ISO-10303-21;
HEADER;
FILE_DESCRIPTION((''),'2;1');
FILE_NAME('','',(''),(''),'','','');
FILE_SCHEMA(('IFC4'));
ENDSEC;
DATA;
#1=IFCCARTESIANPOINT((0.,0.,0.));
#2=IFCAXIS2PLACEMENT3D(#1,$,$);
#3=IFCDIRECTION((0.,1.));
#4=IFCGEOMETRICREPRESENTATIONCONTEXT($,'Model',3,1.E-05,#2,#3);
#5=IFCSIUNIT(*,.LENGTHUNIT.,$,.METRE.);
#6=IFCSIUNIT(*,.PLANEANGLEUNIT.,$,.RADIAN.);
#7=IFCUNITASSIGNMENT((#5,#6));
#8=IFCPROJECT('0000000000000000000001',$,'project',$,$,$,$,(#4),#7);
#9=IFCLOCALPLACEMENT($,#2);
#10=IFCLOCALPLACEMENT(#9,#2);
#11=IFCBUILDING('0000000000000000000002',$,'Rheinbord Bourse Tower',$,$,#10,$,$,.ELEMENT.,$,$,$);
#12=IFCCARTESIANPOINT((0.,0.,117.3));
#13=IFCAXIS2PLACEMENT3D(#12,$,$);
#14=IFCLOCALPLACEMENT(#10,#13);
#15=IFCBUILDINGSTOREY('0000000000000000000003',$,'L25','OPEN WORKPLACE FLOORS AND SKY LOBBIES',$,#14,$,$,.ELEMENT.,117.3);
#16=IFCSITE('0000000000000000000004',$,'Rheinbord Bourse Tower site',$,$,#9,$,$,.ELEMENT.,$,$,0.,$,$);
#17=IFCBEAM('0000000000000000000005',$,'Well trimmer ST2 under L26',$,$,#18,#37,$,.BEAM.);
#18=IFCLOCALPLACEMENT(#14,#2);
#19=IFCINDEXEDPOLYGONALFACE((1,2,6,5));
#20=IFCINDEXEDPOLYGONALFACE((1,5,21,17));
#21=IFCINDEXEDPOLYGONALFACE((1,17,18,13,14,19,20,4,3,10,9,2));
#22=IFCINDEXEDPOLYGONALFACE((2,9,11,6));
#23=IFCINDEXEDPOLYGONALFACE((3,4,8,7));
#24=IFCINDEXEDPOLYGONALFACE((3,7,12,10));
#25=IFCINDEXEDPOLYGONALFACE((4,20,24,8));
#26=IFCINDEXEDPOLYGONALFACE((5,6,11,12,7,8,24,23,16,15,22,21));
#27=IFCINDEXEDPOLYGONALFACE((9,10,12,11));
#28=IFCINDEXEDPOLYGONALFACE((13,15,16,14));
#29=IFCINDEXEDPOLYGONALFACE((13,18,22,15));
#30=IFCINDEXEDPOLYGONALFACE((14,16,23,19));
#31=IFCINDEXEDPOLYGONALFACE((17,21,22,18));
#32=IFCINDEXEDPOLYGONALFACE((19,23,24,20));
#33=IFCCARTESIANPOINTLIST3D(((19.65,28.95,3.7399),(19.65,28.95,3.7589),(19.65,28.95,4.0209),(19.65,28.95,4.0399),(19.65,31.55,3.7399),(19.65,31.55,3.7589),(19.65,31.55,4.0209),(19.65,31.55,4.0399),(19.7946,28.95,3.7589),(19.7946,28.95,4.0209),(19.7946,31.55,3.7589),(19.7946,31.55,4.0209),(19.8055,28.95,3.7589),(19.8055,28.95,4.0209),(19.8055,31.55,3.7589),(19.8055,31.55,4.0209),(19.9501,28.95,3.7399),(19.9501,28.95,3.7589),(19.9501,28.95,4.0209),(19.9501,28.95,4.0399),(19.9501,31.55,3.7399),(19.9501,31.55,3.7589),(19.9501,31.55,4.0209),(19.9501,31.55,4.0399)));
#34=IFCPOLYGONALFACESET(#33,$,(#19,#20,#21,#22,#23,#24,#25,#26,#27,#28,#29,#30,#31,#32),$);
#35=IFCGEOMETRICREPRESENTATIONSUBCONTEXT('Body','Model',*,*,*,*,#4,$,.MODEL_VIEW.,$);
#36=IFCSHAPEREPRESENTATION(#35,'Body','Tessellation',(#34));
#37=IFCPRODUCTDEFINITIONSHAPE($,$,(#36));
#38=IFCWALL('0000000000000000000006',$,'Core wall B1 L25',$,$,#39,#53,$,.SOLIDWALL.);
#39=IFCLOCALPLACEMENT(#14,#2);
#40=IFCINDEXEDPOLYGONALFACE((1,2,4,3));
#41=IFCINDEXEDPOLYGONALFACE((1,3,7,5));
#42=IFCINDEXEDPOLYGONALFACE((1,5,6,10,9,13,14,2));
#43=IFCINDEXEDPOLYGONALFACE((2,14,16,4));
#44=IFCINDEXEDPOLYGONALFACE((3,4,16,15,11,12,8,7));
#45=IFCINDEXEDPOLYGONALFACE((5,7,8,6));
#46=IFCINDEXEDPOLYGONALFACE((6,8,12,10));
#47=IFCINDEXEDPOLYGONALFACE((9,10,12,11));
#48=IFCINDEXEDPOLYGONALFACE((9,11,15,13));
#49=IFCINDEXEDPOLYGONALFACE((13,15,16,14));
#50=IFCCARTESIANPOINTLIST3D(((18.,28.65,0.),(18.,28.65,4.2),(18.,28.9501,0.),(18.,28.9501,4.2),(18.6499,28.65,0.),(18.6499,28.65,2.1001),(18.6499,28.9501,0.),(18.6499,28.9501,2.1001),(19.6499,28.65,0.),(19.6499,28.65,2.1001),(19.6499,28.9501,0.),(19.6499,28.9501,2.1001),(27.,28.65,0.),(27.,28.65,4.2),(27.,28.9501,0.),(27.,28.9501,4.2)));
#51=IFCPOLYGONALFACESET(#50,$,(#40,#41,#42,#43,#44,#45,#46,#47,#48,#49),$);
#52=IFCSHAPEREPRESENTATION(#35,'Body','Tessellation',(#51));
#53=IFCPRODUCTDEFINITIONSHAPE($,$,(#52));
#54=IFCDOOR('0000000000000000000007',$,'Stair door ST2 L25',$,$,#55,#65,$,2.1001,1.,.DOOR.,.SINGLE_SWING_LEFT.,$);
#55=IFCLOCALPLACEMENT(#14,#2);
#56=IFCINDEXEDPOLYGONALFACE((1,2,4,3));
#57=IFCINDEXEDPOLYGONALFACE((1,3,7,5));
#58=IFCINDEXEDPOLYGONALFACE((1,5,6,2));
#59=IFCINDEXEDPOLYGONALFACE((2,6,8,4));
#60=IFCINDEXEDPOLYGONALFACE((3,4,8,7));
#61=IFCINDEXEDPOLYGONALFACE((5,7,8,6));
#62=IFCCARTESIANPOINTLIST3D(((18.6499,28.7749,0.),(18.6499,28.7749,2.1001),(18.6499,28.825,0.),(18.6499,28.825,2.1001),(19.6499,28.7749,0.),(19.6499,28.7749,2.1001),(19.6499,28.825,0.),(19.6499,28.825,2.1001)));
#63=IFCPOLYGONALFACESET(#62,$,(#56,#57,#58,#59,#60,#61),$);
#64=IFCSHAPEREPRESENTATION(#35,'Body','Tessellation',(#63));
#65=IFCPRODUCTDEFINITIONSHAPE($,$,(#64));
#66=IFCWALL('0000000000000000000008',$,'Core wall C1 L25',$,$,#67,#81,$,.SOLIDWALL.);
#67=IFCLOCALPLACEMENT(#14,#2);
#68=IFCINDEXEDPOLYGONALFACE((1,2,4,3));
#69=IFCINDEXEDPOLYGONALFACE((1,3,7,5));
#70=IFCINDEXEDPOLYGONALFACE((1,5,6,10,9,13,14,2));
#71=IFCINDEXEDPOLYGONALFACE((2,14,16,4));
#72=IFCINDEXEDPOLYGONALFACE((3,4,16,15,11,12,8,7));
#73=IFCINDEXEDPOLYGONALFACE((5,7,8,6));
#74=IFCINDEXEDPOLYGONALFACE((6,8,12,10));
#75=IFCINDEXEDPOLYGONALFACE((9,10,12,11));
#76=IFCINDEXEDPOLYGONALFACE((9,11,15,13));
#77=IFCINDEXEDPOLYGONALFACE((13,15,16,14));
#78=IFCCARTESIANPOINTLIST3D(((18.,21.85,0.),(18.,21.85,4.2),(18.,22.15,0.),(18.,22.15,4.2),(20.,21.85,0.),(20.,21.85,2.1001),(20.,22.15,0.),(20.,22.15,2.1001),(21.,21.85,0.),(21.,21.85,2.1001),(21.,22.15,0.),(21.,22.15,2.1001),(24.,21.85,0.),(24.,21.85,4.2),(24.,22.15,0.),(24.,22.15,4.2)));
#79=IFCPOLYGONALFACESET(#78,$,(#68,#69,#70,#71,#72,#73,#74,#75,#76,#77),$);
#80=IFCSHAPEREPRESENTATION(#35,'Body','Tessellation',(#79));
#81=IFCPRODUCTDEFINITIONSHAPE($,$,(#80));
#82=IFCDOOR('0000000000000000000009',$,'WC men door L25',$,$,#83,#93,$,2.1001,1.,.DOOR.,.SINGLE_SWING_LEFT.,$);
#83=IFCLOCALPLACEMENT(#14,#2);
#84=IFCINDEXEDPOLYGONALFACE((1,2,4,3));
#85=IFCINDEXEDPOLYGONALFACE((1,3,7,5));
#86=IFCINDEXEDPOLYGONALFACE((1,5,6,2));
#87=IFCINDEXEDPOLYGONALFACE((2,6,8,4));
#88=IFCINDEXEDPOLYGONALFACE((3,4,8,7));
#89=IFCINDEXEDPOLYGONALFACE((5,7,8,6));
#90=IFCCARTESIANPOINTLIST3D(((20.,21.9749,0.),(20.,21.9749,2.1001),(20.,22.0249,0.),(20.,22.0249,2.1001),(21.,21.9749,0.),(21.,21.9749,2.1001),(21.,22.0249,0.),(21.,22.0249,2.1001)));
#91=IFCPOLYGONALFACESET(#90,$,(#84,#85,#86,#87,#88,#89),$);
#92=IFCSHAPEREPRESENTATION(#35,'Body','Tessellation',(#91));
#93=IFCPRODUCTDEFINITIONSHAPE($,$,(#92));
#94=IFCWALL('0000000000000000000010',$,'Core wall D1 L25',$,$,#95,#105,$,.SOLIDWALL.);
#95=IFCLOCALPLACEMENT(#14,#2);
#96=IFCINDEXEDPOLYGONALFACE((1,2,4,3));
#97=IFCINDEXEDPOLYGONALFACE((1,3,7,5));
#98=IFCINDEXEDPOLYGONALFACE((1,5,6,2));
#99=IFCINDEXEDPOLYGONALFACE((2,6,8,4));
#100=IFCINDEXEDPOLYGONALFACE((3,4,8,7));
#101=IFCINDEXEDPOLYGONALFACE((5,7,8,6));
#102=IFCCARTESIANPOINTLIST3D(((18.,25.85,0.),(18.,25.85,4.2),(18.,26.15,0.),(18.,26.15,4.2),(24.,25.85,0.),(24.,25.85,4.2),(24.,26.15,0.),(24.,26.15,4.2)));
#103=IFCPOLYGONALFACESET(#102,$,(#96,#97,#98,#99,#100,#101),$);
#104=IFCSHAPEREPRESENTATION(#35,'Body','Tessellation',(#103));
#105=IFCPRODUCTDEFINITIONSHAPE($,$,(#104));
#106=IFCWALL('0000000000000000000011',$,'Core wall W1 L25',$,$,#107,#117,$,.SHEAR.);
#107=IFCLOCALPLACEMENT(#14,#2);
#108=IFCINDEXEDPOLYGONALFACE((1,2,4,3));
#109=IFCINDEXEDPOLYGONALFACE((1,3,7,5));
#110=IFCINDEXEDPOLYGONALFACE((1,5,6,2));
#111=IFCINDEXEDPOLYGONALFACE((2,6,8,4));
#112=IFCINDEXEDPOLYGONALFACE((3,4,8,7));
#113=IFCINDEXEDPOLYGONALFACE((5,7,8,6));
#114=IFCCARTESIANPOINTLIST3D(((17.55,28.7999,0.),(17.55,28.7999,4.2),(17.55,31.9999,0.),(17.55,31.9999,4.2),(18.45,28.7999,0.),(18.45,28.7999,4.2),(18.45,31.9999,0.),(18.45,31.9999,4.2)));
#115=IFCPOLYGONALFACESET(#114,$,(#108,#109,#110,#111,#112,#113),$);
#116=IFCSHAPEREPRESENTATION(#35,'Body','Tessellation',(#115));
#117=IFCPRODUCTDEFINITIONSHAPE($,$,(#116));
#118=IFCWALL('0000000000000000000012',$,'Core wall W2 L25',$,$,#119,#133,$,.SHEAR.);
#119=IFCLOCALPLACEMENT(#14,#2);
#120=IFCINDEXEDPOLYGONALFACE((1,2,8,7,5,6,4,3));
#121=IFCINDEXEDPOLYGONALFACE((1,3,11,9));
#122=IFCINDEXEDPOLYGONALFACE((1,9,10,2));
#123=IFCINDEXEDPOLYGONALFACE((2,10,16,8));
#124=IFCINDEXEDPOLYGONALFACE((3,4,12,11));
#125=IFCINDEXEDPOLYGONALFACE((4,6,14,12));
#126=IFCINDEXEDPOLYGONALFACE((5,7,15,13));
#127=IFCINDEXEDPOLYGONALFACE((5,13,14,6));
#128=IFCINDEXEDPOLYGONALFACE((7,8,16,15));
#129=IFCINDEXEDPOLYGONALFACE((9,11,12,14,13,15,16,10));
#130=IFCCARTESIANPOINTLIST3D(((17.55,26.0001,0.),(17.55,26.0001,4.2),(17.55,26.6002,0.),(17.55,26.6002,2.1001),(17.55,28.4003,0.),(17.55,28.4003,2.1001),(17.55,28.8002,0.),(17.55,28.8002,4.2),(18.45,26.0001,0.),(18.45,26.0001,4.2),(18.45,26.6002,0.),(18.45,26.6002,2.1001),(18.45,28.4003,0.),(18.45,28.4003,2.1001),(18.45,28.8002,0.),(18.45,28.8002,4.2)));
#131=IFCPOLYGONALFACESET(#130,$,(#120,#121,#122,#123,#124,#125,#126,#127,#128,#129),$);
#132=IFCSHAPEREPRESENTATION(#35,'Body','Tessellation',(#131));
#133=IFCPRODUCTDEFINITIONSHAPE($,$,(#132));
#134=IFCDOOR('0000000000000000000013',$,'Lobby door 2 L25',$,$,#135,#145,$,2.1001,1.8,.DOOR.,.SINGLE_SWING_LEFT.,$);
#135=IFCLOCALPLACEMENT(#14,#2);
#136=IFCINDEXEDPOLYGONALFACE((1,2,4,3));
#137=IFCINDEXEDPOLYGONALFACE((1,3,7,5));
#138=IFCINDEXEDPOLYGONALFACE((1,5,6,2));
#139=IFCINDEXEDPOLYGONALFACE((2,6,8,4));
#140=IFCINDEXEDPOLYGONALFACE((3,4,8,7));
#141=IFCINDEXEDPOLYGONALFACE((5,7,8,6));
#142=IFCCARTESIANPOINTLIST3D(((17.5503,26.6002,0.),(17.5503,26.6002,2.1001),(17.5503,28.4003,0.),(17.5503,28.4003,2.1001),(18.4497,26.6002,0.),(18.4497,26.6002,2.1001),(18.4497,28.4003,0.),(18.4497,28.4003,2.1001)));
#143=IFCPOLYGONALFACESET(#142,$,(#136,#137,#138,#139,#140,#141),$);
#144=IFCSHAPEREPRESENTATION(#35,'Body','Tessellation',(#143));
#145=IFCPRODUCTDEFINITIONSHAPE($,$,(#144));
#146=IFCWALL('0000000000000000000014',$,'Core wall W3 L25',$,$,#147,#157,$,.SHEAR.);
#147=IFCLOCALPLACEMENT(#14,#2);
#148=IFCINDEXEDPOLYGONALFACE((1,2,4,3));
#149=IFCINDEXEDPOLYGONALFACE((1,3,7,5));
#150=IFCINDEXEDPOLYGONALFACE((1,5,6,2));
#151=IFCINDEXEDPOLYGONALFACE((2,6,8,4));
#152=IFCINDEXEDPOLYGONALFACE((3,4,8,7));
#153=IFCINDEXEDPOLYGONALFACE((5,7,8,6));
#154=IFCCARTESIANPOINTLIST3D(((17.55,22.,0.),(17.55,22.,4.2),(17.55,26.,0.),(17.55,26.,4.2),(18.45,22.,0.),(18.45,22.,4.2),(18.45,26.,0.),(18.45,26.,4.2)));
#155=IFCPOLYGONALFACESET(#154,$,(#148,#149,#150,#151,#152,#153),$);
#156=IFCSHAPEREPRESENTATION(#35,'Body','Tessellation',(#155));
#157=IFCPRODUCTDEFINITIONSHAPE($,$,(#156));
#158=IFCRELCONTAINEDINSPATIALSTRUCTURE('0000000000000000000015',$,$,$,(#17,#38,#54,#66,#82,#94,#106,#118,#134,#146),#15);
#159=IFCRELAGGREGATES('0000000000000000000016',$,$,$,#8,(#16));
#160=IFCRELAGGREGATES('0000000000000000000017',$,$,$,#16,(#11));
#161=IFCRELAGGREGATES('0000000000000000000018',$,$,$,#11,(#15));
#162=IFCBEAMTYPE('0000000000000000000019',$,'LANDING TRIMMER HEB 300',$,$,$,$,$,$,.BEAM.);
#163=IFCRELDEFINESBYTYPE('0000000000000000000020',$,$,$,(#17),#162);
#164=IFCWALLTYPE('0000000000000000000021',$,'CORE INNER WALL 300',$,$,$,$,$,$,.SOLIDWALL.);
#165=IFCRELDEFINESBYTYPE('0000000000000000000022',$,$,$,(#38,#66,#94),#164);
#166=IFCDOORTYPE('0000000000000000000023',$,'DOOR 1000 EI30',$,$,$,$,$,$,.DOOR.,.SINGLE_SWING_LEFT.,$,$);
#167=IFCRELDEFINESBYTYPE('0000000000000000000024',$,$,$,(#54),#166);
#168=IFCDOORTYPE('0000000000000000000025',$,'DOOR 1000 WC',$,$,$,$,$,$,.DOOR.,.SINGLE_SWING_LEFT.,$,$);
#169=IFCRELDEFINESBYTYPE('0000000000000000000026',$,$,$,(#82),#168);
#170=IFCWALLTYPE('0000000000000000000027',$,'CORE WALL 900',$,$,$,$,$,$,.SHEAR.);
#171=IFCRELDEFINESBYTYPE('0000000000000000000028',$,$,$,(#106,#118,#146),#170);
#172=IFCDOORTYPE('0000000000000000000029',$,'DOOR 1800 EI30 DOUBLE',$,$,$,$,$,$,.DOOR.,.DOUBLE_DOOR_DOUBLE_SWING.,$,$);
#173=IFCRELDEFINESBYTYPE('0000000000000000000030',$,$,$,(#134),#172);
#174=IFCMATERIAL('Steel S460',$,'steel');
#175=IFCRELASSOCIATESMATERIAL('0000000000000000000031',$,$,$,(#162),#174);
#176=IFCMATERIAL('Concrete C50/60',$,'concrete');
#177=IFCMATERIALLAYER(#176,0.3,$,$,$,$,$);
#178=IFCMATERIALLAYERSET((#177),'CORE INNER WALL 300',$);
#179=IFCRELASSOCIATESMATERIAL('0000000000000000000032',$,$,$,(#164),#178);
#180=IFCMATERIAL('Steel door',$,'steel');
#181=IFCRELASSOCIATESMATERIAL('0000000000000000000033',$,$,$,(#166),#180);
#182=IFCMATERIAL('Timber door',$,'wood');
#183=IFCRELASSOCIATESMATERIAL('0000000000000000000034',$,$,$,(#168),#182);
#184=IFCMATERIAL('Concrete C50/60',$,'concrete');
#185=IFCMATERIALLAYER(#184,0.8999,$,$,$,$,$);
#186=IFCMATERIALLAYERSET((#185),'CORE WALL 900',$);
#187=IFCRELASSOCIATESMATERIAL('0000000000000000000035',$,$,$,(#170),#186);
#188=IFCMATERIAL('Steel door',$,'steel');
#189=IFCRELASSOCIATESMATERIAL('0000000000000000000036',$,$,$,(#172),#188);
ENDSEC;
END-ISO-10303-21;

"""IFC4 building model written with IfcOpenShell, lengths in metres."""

from ifc_helpers import new_model, si_unit, direction, frame, frame_2d, origin, origin_2d, place, context, subcontext, project, spatial, rectangle, i_section, extrude, material, layer, layer_set, material_profile, profile_set, type_object, element, fill, save


model = new_model("IFC4")

# Units and contexts
model_context = context("Model", 3, precision=1e-05, world=origin(), true_north=direction((0.0, 1.0)))
body_context = subcontext(model_context, "Body", "Model", "MODEL_VIEW")
ifc_project = project(units=[si_unit("LENGTHUNIT", "METRE"), si_unit("PLANEANGLEUNIT", "RADIAN")], contexts=[model_context])

# Site, building, storey
site_placement = place(None, origin())
site = spatial("IfcSite", under=ifc_project, at=site_placement, Name="Rheinbord Bourse Tower site", CompositionType="ELEMENT", RefElevation=0.0)
building_placement = place(site_placement, origin())
building = spatial("IfcBuilding", under=site, at=building_placement, Name="Rheinbord Bourse Tower", CompositionType="ELEMENT")
storey_placement = place(building_placement, frame((0.0, 0.0, 117.3)))
storey = spatial("IfcBuildingStorey", under=building, at=storey_placement, Name="L25", Description="OPEN WORKPLACE FLOORS AND SKY LOBBIES", CompositionType="ELEMENT", Elevation=117.3)

# Beam
ifc_material_1 = material(Name="Steel S460", Category="steel")
ifc_material_profile = material_profile(ifc_material_1, i_section(OverallWidth=0.3, OverallDepth=0.3, WebThickness=0.011, FlangeThickness=0.019, at=origin_2d()), Name="HEB 300")
ifc_profile_set = profile_set([ifc_material_profile], Name="Steel S460")
beam_type = type_object("IfcBeamType", Name="LANDING TRIMMER HEB 300", PredefinedType="BEAM", material=ifc_profile_set)
beam_placement = place(storey_placement, frame((19.8, 28.95, 3.8899), z_axis=(0.0, 1.0, 0.0), x_axis=(-1.0, 0.0, 0.0)))
element("IfcBeam", 1, at=beam_placement, inside=storey, type_object=beam_type, Name="Well trimmer ST2 under L26", PredefinedType="BEAM", context=body_context, shape_type="SweptSolid", body=[
    extrude(i_section(OverallWidth=0.3, OverallDepth=0.3, WebThickness=0.011, FlangeThickness=0.019, at=origin_2d()), origin(), (0.0, 0.0, 1.0), 2.6001),
])

# Walls, openings, doors
ifc_material_2 = material(Name="Concrete C50/60", Category="concrete")
ifc_layer_1 = layer(ifc_material_2, 0.3)
ifc_layer_set_1 = layer_set([ifc_layer_1], Name="CORE INNER WALL 300")
wall_type_1 = type_object("IfcWallType", Name="CORE INNER WALL 300", PredefinedType="SOLIDWALL", material=ifc_layer_set_1)
wall_1_placement = place(storey_placement, frame((18.0, 28.8, 0.0), z_axis=(0.0, 0.0, 1.0), x_axis=(1.0, 0.0, 0.0)))
wall_1 = element("IfcWall", 2, at=wall_1_placement, inside=storey, type_object=wall_type_1, Name="Core wall B1 L25", PredefinedType="SOLIDWALL", context=body_context, shape_type="SweptSolid", body=[
    extrude(rectangle(XDim=9.0, YDim=0.3, at=frame_2d((4.5, 0.0))), origin(), (0.0, 0.0, 1.0), 4.2),
])
opening_1_placement = place(wall_1_placement, frame((0.6499, 0.0, 0.0)))
opening_1 = element("IfcOpeningElement", 3, at=opening_1_placement, cuts=wall_1, PredefinedType="OPENING", context=body_context, shape_type="SweptSolid", body=[
    extrude(rectangle(XDim=1.0, YDim=2.1001, at=frame_2d((0.5, 1.05))), frame((0.0, 0.1599, 0.0), z_axis=(0.0, -1.0, 0.0), x_axis=(1.0, 0.0, 0.0)), (0.0, 0.0, 1.0), 0.3201),
])
ifc_material_3 = material(Name="Steel door", Category="steel")
door_type_1 = type_object("IfcDoorType", Name="DOOR 1000 EI30", OperationType="SINGLE_SWING_LEFT", PredefinedType="DOOR", material=ifc_material_3)
door_1_placement = place(opening_1_placement, origin())
door_1 = element("IfcDoor", 4, at=door_1_placement, inside=storey, type_object=door_type_1, Name="Stair door ST2 L25", OperationType="SINGLE_SWING_LEFT", OverallHeight=2.1001, OverallWidth=1.0, PredefinedType="DOOR", context=body_context, shape_type="SweptSolid", body=[
    extrude(rectangle(XDim=1.0, YDim=2.1001, at=frame_2d((0.5, 1.05))), frame((0.0, 0.0249, 0.0), z_axis=(0.0, -1.0, 0.0), x_axis=(1.0, 0.0, 0.0)), (0.0, 0.0, 1.0), 0.05),
])
fill(opening_1, door_1)
wall_2_placement = place(storey_placement, frame((18.0, 22.0, 0.0), z_axis=(0.0, 0.0, 1.0), x_axis=(1.0, 0.0, 0.0)))
wall_2 = element("IfcWall", 5, at=wall_2_placement, inside=storey, type_object=wall_type_1, Name="Core wall C1 L25", PredefinedType="SOLIDWALL", context=body_context, shape_type="SweptSolid", body=[
    extrude(rectangle(XDim=6.0, YDim=0.3, at=frame_2d((3.0, 0.0))), origin(), (0.0, 0.0, 1.0), 4.2),
])
opening_2_placement = place(wall_2_placement, frame((2.0, 0.0, 0.0)))
opening_2 = element("IfcOpeningElement", 6, at=opening_2_placement, cuts=wall_2, PredefinedType="OPENING", context=body_context, shape_type="SweptSolid", body=[
    extrude(rectangle(XDim=1.0, YDim=2.1001, at=frame_2d((0.5, 1.05))), frame((0.0, 0.1599, 0.0), z_axis=(0.0, -1.0, 0.0), x_axis=(1.0, 0.0, 0.0)), (0.0, 0.0, 1.0), 0.3201),
])
ifc_material_4 = material(Name="Timber door", Category="wood")
door_type_2 = type_object("IfcDoorType", Name="DOOR 1000 WC", OperationType="SINGLE_SWING_LEFT", PredefinedType="DOOR", material=ifc_material_4)
door_2_placement = place(opening_2_placement, origin())
door_2 = element("IfcDoor", 7, at=door_2_placement, inside=storey, type_object=door_type_2, Name="WC men door L25", OperationType="SINGLE_SWING_LEFT", OverallHeight=2.1001, OverallWidth=1.0, PredefinedType="DOOR", context=body_context, shape_type="SweptSolid", body=[
    extrude(rectangle(XDim=1.0, YDim=2.1001, at=frame_2d((0.5, 1.05))), frame((0.0, 0.0249, 0.0), z_axis=(0.0, -1.0, 0.0), x_axis=(1.0, 0.0, 0.0)), (0.0, 0.0, 1.0), 0.05),
])
fill(opening_2, door_2)

# Walls
wall_3_placement = place(storey_placement, frame((18.0, 26.0, 0.0), z_axis=(0.0, 0.0, 1.0), x_axis=(1.0, 0.0, 0.0)))
element("IfcWall", 8, at=wall_3_placement, inside=storey, type_object=wall_type_1, Name="Core wall D1 L25", PredefinedType="SOLIDWALL", context=body_context, shape_type="SweptSolid", body=[
    extrude(rectangle(XDim=6.0, YDim=0.3, at=frame_2d((3.0, 0.0))), origin(), (0.0, 0.0, 1.0), 4.2),
])
ifc_material_5 = material(Name="Concrete C50/60", Category="concrete")
ifc_layer_2 = layer(ifc_material_5, 0.8999)
ifc_layer_set_2 = layer_set([ifc_layer_2], Name="CORE WALL 900")
wall_type_2 = type_object("IfcWallType", Name="CORE WALL 900", PredefinedType="SHEAR", material=ifc_layer_set_2)
wall_4_placement = place(storey_placement, frame((18.0, 32.0, 0.0), z_axis=(0.0, 0.0, 1.0), x_axis=(0.0, -1.0, 0.0)))
element("IfcWall", 9, at=wall_4_placement, inside=storey, type_object=wall_type_2, Name="Core wall W1 L25", PredefinedType="SHEAR", context=body_context, shape_type="SweptSolid", body=[
    extrude(rectangle(XDim=3.2, YDim=0.8999, at=frame_2d((1.6001, 0.0))), origin(), (0.0, 0.0, 1.0), 4.2),
])

# Wall, opening, door
wall_5_placement = place(storey_placement, frame((18.0, 28.8, 0.0), z_axis=(0.0, 0.0, 1.0), x_axis=(0.0, -1.0, 0.0)))
wall_5 = element("IfcWall", 10, at=wall_5_placement, inside=storey, type_object=wall_type_2, Name="Core wall W2 L25", PredefinedType="SHEAR", context=body_context, shape_type="SweptSolid", body=[
    extrude(rectangle(XDim=2.8, YDim=0.8999, at=frame_2d((1.3999, 0.0))), origin(), (0.0, 0.0, 1.0), 4.2),
])
opening_3_placement = place(wall_5_placement, frame((0.3999, 0.0, 0.0)))
opening_3 = element("IfcOpeningElement", 11, at=opening_3_placement, cuts=wall_5, PredefinedType="OPENING", context=body_context, shape_type="SweptSolid", body=[
    extrude(rectangle(XDim=1.8, YDim=2.1001, at=frame_2d((0.8999, 1.05))), frame((0.0, 0.46, 0.0), z_axis=(0.0, -1.0, 0.0), x_axis=(1.0, 0.0, 0.0)), (0.0, 0.0, 1.0), 0.9199),
])
ifc_material_6 = material(Name="Steel door", Category="steel")
door_type_3 = type_object("IfcDoorType", Name="DOOR 1800 EI30 DOUBLE", OperationType="DOUBLE_DOOR_DOUBLE_SWING", PredefinedType="DOOR", material=ifc_material_6)
door_3_placement = place(opening_3_placement, origin())
door_3 = element("IfcDoor", 12, at=door_3_placement, inside=storey, type_object=door_type_3, Name="Lobby door 2 L25", OperationType="SINGLE_SWING_LEFT", OverallHeight=2.1001, OverallWidth=1.8, PredefinedType="DOOR", context=body_context, shape_type="SweptSolid", body=[
    extrude(rectangle(XDim=1.8, YDim=2.1001, at=frame_2d((0.8999, 1.05))), frame((0.0, 0.4497, 0.0), z_axis=(0.0, -1.0, 0.0), x_axis=(1.0, 0.0, 0.0)), (0.0, 0.0, 1.0), 0.8994),
])
fill(opening_3, door_3)

# Wall
wall_6_placement = place(storey_placement, frame((18.0, 26.0, 0.0), z_axis=(0.0, 0.0, 1.0), x_axis=(0.0, -1.0, 0.0)))
element("IfcWall", 13, at=wall_6_placement, inside=storey, type_object=wall_type_2, Name="Core wall W3 L25", PredefinedType="SHEAR", context=body_context, shape_type="SweptSolid", body=[
    extrude(rectangle(XDim=4.0, YDim=0.8999, at=frame_2d((2.0, 0.0))), origin(), (0.0, 0.0, 1.0), 4.2),
])

save(model, "model.ifc")
